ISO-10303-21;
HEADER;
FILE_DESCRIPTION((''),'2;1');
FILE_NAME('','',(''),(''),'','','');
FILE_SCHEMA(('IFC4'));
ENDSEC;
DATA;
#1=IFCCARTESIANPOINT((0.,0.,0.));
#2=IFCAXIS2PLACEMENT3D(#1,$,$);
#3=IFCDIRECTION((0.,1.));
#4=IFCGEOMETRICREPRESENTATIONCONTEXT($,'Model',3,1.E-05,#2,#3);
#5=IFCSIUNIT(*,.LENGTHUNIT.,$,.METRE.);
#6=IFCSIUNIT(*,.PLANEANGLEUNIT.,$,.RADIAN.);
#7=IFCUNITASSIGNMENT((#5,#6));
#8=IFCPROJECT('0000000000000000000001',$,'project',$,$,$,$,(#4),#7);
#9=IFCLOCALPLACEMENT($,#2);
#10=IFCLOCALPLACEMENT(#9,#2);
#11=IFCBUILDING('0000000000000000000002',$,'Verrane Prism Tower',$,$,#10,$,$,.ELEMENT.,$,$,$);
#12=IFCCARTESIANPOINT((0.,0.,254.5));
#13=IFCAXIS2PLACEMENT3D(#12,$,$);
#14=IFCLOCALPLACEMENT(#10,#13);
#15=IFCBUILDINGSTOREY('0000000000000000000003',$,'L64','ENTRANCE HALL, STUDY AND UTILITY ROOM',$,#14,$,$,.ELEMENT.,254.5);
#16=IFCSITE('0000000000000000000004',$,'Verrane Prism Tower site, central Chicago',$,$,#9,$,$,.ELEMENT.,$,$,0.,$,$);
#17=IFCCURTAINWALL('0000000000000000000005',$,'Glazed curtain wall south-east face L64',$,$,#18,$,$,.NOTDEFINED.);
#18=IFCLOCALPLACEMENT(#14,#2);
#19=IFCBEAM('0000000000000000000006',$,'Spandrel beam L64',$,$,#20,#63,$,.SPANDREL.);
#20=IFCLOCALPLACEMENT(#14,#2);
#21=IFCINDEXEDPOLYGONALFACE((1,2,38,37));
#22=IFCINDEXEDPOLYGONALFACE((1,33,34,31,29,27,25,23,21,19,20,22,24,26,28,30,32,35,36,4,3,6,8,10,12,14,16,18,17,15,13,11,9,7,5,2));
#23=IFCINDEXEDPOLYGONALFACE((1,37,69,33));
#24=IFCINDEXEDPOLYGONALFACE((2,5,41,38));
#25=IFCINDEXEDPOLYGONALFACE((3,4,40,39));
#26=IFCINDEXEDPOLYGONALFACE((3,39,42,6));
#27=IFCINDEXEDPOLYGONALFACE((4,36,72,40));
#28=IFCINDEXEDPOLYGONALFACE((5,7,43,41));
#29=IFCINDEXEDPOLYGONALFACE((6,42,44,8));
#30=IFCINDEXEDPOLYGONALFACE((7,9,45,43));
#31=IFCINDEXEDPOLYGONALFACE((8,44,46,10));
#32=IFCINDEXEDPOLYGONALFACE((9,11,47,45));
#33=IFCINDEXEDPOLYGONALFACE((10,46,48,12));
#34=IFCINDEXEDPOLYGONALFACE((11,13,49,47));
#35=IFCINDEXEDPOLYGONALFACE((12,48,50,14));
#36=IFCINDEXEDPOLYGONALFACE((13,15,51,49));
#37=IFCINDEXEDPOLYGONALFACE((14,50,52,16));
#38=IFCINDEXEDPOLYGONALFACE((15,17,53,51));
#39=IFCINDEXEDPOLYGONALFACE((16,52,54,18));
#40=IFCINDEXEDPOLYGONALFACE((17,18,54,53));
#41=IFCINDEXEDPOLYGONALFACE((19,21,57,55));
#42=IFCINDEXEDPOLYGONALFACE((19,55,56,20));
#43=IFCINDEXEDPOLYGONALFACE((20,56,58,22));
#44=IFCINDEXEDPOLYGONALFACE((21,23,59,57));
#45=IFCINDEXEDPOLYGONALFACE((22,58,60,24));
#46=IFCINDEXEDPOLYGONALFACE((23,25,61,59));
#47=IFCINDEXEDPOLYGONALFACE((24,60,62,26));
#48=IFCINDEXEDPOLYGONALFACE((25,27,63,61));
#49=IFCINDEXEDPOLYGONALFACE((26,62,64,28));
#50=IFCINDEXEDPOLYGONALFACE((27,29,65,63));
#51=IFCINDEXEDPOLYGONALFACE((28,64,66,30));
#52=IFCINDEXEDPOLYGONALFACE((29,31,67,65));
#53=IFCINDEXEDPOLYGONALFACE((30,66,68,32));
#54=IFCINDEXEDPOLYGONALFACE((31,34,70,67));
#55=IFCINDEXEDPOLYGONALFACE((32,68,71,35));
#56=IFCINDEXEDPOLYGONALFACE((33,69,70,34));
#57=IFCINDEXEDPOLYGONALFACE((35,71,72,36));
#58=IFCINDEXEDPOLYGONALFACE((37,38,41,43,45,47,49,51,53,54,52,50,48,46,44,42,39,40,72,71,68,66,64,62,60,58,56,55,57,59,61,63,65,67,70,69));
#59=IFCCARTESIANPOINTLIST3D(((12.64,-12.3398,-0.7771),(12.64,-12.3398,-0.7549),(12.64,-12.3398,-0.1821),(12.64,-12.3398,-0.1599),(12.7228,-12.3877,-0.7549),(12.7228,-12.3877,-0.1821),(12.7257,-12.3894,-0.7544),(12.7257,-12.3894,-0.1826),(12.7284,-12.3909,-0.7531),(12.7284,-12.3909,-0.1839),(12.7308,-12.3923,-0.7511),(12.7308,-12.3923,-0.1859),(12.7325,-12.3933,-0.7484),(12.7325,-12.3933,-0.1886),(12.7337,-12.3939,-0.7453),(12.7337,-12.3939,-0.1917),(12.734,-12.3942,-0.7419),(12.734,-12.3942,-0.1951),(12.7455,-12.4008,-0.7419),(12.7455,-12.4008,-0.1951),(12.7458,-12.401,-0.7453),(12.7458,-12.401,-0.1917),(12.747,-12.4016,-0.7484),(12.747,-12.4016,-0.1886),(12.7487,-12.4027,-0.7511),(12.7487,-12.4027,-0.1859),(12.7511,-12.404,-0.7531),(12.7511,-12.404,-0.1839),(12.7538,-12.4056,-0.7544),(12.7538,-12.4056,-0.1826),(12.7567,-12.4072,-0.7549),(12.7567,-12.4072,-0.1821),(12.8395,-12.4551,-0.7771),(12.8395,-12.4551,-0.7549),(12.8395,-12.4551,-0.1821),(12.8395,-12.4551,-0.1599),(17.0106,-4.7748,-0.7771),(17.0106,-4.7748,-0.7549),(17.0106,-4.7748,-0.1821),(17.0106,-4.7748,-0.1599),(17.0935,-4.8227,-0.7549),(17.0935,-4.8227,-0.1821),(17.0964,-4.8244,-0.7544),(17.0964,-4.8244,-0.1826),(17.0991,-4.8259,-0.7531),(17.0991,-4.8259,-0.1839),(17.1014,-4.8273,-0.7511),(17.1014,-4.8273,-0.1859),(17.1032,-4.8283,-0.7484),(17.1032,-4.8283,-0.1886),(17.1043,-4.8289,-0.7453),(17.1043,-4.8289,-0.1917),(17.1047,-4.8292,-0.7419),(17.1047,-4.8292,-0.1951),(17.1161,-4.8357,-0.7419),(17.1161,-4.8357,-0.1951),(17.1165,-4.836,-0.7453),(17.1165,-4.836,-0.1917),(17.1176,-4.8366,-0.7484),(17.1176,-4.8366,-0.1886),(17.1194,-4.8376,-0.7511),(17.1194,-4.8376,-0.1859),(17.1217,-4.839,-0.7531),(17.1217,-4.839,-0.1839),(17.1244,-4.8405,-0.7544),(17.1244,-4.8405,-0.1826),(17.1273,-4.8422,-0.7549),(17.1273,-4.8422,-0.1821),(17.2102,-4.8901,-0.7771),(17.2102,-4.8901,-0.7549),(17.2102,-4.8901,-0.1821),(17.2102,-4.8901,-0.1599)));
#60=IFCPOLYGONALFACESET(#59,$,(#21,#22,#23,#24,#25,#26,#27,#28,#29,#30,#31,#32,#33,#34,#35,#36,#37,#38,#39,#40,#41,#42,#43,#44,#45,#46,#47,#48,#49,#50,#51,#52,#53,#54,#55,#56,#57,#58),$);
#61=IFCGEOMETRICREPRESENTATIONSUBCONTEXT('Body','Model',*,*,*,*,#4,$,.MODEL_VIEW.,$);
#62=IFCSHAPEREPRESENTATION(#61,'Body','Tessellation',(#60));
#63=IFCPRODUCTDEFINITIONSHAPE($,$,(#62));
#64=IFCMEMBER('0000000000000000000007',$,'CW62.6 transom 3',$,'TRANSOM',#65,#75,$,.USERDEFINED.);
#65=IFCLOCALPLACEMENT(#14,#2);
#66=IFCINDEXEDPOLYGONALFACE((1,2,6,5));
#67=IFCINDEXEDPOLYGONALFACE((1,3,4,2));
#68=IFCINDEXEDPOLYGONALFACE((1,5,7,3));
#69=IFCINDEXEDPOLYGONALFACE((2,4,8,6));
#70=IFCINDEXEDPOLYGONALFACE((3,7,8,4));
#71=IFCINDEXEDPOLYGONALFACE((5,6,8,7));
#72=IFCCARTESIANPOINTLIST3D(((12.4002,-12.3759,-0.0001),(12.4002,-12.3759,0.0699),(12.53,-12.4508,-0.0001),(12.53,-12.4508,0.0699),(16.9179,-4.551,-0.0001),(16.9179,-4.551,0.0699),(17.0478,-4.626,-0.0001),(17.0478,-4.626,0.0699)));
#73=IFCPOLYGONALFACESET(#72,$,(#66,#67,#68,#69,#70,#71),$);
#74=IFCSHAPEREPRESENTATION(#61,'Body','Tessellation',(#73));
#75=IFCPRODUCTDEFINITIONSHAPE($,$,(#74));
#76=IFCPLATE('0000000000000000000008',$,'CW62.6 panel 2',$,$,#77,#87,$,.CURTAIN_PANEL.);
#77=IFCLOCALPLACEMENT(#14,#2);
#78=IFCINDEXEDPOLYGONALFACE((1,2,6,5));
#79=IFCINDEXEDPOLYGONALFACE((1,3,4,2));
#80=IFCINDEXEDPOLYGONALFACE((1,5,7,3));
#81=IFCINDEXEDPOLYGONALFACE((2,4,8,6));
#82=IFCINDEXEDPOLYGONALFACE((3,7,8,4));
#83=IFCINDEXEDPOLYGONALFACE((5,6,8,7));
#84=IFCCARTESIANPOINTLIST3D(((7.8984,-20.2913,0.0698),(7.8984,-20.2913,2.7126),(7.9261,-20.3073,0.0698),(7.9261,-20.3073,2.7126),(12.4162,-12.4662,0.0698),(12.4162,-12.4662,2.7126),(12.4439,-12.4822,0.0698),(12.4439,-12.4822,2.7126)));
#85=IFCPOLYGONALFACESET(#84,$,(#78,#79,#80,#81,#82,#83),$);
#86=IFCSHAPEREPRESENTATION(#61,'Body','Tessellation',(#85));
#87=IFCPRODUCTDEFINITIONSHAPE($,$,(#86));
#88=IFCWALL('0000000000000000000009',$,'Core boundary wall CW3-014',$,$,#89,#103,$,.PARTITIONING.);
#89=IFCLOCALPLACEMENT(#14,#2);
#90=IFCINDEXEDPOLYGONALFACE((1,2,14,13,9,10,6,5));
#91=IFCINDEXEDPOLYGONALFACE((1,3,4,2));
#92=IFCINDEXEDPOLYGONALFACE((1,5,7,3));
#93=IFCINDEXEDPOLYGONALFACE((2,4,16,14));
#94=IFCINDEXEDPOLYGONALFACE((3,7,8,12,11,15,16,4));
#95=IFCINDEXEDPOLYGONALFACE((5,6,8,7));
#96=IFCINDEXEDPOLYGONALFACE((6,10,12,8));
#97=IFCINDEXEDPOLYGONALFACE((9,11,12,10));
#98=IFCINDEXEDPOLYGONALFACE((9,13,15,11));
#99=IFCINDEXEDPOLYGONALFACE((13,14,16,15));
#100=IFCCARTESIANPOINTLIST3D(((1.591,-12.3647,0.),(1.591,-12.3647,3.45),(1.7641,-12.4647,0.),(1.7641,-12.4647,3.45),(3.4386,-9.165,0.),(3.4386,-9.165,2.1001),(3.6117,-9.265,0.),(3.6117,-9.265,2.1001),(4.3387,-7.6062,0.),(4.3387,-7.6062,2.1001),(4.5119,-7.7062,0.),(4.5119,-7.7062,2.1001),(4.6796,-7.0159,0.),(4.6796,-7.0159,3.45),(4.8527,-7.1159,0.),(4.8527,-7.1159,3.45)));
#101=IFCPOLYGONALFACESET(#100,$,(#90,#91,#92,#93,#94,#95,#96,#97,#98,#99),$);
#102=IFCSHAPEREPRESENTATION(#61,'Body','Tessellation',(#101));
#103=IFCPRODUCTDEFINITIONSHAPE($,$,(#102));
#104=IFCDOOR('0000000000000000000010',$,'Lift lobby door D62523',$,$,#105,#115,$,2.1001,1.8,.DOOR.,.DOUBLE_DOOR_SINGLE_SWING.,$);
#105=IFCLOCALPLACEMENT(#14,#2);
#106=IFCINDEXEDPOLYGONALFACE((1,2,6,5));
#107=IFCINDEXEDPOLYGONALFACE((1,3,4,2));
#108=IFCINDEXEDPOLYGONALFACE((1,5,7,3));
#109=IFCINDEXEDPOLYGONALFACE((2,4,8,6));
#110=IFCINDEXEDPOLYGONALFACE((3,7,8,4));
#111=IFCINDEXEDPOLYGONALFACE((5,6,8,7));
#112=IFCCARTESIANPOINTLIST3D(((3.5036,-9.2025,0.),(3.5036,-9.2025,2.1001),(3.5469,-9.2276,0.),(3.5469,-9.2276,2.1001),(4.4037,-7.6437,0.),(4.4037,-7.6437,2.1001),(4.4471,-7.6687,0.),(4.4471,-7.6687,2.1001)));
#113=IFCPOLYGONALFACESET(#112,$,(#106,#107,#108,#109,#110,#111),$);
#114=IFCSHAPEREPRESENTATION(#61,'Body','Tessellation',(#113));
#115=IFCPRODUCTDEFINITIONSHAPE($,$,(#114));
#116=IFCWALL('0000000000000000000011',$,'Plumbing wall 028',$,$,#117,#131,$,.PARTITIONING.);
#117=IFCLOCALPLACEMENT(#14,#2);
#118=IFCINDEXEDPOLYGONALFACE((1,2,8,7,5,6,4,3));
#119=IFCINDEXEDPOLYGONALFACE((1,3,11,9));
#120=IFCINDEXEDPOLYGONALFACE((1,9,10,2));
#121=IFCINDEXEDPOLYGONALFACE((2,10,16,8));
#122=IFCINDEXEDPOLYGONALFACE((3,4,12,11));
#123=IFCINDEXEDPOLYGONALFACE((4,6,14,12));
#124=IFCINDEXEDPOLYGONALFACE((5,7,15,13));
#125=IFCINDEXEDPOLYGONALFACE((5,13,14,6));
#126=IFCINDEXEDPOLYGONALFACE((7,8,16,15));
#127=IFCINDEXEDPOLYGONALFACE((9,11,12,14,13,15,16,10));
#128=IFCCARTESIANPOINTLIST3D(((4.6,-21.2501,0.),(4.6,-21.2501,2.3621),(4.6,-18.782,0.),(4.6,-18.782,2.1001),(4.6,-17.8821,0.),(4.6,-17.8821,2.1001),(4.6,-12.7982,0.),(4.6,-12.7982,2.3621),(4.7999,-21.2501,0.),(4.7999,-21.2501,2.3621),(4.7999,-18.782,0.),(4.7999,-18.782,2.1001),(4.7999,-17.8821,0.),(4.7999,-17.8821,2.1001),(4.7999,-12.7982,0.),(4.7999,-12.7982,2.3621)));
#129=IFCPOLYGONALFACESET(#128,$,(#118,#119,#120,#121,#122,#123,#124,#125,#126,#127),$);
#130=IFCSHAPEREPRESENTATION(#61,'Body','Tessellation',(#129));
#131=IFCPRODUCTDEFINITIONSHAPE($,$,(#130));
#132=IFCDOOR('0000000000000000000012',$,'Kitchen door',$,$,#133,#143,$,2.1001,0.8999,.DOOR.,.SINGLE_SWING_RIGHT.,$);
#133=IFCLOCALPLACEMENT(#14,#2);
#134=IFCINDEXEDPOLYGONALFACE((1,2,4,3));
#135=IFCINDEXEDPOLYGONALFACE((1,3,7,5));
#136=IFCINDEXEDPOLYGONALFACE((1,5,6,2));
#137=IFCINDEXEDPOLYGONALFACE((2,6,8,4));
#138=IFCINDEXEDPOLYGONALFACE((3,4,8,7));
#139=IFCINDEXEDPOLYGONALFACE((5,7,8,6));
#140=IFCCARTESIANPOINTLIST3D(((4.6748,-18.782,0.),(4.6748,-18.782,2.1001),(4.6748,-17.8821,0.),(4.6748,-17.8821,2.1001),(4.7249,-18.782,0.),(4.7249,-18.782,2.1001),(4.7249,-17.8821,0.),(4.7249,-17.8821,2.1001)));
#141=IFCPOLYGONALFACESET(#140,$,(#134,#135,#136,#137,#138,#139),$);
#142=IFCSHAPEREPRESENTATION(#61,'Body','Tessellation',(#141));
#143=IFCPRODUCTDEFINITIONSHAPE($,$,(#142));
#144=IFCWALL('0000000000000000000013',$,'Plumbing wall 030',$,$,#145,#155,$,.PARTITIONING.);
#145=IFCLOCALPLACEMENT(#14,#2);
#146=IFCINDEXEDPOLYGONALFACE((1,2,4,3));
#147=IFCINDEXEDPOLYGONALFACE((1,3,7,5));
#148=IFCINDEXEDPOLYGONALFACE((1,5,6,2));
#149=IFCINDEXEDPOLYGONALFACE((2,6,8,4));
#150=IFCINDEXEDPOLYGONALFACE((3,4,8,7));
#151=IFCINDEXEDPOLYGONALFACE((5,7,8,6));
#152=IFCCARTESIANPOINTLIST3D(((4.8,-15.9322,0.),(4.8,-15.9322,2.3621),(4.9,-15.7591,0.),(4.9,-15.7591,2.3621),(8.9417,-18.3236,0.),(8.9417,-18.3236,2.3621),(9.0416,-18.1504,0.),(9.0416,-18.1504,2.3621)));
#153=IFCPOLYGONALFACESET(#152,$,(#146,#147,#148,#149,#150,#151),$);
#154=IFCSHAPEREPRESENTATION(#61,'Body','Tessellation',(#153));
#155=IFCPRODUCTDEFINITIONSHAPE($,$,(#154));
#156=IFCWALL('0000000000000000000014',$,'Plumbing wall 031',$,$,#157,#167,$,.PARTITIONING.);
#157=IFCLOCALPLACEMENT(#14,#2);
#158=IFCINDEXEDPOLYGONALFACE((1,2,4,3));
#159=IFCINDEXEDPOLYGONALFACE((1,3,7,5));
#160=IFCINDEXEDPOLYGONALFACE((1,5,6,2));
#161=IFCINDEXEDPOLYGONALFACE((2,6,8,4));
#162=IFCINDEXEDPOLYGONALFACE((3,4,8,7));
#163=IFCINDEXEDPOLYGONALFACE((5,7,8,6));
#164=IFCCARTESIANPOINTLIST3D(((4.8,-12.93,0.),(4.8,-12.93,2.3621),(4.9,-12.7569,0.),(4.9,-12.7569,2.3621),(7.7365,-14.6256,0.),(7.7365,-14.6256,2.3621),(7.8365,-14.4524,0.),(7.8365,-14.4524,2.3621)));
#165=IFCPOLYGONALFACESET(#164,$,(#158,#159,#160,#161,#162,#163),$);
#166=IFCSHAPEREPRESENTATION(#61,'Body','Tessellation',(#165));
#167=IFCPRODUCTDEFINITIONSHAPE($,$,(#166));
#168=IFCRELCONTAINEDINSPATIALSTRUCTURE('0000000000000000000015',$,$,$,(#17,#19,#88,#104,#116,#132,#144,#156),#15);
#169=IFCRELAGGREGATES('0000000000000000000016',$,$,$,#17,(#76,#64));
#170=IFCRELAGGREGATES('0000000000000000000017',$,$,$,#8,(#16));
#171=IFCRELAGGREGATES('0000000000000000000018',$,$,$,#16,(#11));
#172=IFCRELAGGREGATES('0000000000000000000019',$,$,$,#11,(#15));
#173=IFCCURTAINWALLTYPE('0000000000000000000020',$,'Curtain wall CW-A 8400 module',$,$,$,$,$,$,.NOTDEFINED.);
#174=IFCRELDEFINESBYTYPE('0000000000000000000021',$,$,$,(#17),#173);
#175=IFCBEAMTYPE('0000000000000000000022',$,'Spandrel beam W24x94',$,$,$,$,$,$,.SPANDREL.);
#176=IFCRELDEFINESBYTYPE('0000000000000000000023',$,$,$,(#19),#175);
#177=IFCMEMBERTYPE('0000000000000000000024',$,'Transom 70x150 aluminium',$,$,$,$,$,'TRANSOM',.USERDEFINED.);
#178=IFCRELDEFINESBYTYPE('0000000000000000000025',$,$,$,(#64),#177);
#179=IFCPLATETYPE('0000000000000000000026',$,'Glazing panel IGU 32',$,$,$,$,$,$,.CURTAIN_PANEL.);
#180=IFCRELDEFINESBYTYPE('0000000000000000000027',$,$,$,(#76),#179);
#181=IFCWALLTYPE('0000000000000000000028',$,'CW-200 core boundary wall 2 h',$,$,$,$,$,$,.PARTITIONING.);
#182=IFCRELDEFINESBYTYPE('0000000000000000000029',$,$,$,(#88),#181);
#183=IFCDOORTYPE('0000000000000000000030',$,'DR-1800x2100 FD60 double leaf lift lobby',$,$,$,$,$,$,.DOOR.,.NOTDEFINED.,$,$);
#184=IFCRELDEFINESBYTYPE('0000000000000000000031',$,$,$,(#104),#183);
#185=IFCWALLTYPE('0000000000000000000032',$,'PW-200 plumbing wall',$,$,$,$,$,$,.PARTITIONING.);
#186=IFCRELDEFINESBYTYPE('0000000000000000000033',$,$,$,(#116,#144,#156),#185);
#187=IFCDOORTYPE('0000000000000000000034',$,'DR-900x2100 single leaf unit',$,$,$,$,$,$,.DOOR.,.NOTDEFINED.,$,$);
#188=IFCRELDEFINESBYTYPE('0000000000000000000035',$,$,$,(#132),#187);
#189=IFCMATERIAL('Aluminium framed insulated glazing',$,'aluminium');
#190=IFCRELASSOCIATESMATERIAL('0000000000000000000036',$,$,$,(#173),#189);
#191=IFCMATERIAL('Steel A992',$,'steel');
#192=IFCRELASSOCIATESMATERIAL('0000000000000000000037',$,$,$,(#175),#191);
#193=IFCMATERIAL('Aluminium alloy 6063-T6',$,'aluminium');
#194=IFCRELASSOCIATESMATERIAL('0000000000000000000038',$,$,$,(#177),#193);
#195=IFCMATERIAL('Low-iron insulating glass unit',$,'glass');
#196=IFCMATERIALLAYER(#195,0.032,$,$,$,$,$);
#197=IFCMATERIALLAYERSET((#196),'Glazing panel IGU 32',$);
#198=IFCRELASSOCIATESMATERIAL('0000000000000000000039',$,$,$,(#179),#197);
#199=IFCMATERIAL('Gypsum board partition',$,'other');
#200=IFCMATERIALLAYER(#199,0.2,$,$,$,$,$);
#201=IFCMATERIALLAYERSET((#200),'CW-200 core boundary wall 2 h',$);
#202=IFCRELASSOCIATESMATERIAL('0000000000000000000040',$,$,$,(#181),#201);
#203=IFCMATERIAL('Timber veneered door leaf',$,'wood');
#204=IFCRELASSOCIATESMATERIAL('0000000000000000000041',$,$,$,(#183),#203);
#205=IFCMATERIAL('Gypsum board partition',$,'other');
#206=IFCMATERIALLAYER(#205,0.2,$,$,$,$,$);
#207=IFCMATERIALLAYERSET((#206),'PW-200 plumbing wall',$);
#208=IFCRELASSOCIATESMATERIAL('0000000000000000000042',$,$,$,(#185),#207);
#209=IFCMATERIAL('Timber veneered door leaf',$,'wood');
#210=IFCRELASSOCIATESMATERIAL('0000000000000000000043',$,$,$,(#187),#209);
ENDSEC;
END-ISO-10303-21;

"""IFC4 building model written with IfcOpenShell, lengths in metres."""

from ifc_helpers import new_model, si_unit, direction, frame, frame_2d, origin, origin_2d, place, context, subcontext, project, spatial, rectangle, i_section, extrude, material, layer, layer_set, material_profile, profile_set, type_object, element, fill, aggregate, save


model = new_model("IFC4")

# Units and contexts
model_context = context("Model", 3, precision=1e-05, world=origin(), true_north=direction((0.0, 1.0)))
body_context = subcontext(model_context, "Body", "Model", "MODEL_VIEW")
ifc_project = project(units=[si_unit("LENGTHUNIT", "METRE"), si_unit("PLANEANGLEUNIT", "RADIAN")], contexts=[model_context])

# Site, building, storey
site_placement = place(None, origin())
site = spatial("IfcSite", under=ifc_project, at=site_placement, Name="Verrane Prism Tower site, central Chicago", CompositionType="ELEMENT", RefElevation=0.0)
building_placement = place(site_placement, origin())
building = spatial("IfcBuilding", under=site, at=building_placement, Name="Verrane Prism Tower", CompositionType="ELEMENT")
storey_placement = place(building_placement, frame((0.0, 0.0, 254.5)))
storey = spatial("IfcBuildingStorey", under=building, at=storey_placement, Name="L64", Description="ENTRANCE HALL, STUDY AND UTILITY ROOM", CompositionType="ELEMENT", Elevation=254.5)

# Curtain wall
ifc_material_1 = material(Name="Aluminium framed insulated glazing", Category="aluminium")
curtain_wall_type = type_object("IfcCurtainWallType", Name="Curtain wall CW-A 8400 module", PredefinedType="NOTDEFINED", material=ifc_material_1)
curtain_wall_placement = place(storey_placement, origin())
curtain_wall = element("IfcCurtainWall", 1, at=curtain_wall_placement, inside=storey, type_object=curtain_wall_type, Name="Glazed curtain wall south-east face L64", PredefinedType="NOTDEFINED")

# Beam
ifc_material_2 = material(Name="Steel A992", Category="steel")
ifc_material_profile_1 = material_profile(ifc_material_2, i_section(OverallWidth=0.2305, OverallDepth=0.6172, WebThickness=0.0132, FlangeThickness=0.0222, FilletRadius=0.0129, at=origin_2d()), Name="W24x94")
ifc_profile_set_1 = profile_set([ifc_material_profile_1], Name="Steel A992")
beam_type_1 = type_object("IfcBeamType", Name="Spandrel beam W24x94", PredefinedType="SPANDREL", material=ifc_profile_set_1)
beam_1_placement = place(storey_placement, frame((12.7397, -12.3975, -0.4685), z_axis=(0.500256, 0.865877, 0.0), x_axis=(-0.865877, 0.500256, 0.0)))
element("IfcBeam", 2, at=beam_1_placement, inside=storey, type_object=beam_type_1, Name="Spandrel beam L64", PredefinedType="SPANDREL", context=body_context, shape_type="SweptSolid", body=[
    extrude(i_section(OverallWidth=0.2305, OverallDepth=0.6172, WebThickness=0.0132, FlangeThickness=0.0222, FilletRadius=0.0129, at=origin_2d()), origin(), (0.0, 0.0, 1.0), 8.7368),
])

# Member
ifc_material_3 = material(Name="Aluminium alloy 6063-T6", Category="aluminium")
ifc_material_profile_2 = material_profile(ifc_material_3, rectangle(XDim=0.1499, YDim=0.0701, at=origin_2d()), Name="Transom 70x150 aluminium")
ifc_profile_set_2 = profile_set([ifc_material_profile_2], Name="Aluminium alloy 6063-T6")
member_type_1 = type_object("IfcMemberType", Name="Transom 70x150 aluminium", ElementType="TRANSOM", PredefinedType="USERDEFINED", material=ifc_profile_set_2)
member_1_placement = place(storey_placement, frame((12.4651, -12.4133, 0.0349), z_axis=(0.500007, 0.866021, 0.0), x_axis=(-0.866021, 0.500007, 0.0)))
member_1 = element("IfcMember", 3, at=member_1_placement, type_object=member_type_1, Name="CW62.6 transom 3", ObjectType="TRANSOM", PredefinedType="USERDEFINED", context=body_context, shape_type="SweptSolid", body=[
    extrude(rectangle(XDim=0.1499, YDim=0.0701, at=origin_2d()), origin(), (0.0, 0.0, 1.0), 9.0354),
])

# Plate
ifc_material_4 = material(Name="Low-iron insulating glass unit", Category="glass")
ifc_layer_1 = layer(ifc_material_4, 0.032)
ifc_layer_set_1 = layer_set([ifc_layer_1], Name="Glazing panel IGU 32")
plate_type = type_object("IfcPlateType", Name="Glazing panel IGU 32", PredefinedType="CURTAIN_PANEL", material=ifc_layer_set_1)
plate_placement = place(storey_placement, frame((10.1711, -16.3867, 0.0698), z_axis=(0.0, 0.0, 1.0), x_axis=(0.5, 0.866026, 0.0)))
plate = element("IfcPlate", 4, at=plate_placement, type_object=plate_type, Name="CW62.6 panel 2", PredefinedType="CURTAIN_PANEL", context=body_context, shape_type="SweptSolid", body=[
    extrude(rectangle(XDim=9.0356, YDim=0.032, at=origin_2d()), origin(), (0.0, 0.0, 1.0), 2.6428),
])
aggregate(curtain_wall, [plate, member_1])

# Walls, openings, doors
ifc_material_5 = material(Name="Gypsum board partition", Category="other")
ifc_layer_2 = layer(ifc_material_5, 0.2)
ifc_layer_set_2 = layer_set([ifc_layer_2], Name="CW-200 core boundary wall 2 h")
wall_type_1 = type_object("IfcWallType", Name="CW-200 core boundary wall 2 h", PredefinedType="PARTITIONING", material=ifc_layer_set_2)
wall_1_placement = place(storey_placement, frame((1.6775, -12.4148, 0.0), z_axis=(0.0, 0.0, 1.0), x_axis=(0.500054, 0.865994, 0.0)))
wall_1 = element("IfcWall", 5, at=wall_1_placement, inside=storey, type_object=wall_type_1, Name="Core boundary wall CW3-014", PredefinedType="PARTITIONING", context=body_context, shape_type="SweptSolid", body=[
    extrude(rectangle(XDim=6.1765, YDim=0.2, at=frame_2d((3.0884, 0.0))), origin(), (0.0, 0.0, 1.0), 3.45),
])
opening_1_placement = place(wall_1_placement, frame((3.6951, 0.0, 0.0)))
opening_1 = element("IfcOpeningElement", 6, at=opening_1_placement, cuts=wall_1, PredefinedType="OPENING", context=body_context, shape_type="SweptSolid", body=[
    extrude(rectangle(XDim=1.8, YDim=2.1001, at=frame_2d((0.8999, 1.05))), frame((0.0, 0.1099, 0.0), z_axis=(0.0, -1.0, 0.0), x_axis=(1.0, 0.0, 0.0)), (0.0, 0.0, 1.0), 0.22),
])
ifc_material_6 = material(Name="Timber veneered door leaf", Category="wood")
door_type_1 = type_object("IfcDoorType", Name="DR-1800x2100 FD60 double leaf lift lobby", OperationType="NOTDEFINED", PredefinedType="DOOR", material=ifc_material_6)
door_1_placement = place(opening_1_placement, origin())
door_1 = element("IfcDoor", 7, at=door_1_placement, inside=storey, type_object=door_type_1, Name="Lift lobby door D62523", OperationType="DOUBLE_DOOR_SINGLE_SWING", OverallHeight=2.1001, OverallWidth=1.8, PredefinedType="DOOR", context=body_context, shape_type="SweptSolid", body=[
    extrude(rectangle(XDim=1.8, YDim=2.1001, at=frame_2d((0.8999, 1.05))), frame((0.0, 0.0249, 0.0), z_axis=(0.0, -1.0, 0.0), x_axis=(1.0, 0.0, 0.0)), (0.0, 0.0, 1.0), 0.05),
])
fill(opening_1, door_1)
ifc_material_7 = material(Name="Gypsum board partition", Category="other")
ifc_layer_3 = layer(ifc_material_7, 0.2)
ifc_layer_set_3 = layer_set([ifc_layer_3], Name="PW-200 plumbing wall")
wall_type_2 = type_object("IfcWallType", Name="PW-200 plumbing wall", PredefinedType="PARTITIONING", material=ifc_layer_set_3)
wall_2_placement = place(storey_placement, frame((4.7, -12.7981, 0.0), z_axis=(0.0, 0.0, 1.0), x_axis=(0.0, -1.0, 0.0)))
wall_2 = element("IfcWall", 8, at=wall_2_placement, inside=storey, type_object=wall_type_2, Name="Plumbing wall 028", PredefinedType="PARTITIONING", context=body_context, shape_type="SweptSolid", body=[
    extrude(rectangle(XDim=8.4519, YDim=0.2, at=frame_2d((4.2261, 0.0))), origin(), (0.0, 0.0, 1.0), 2.3621),
])
opening_2_placement = place(wall_2_placement, frame((5.084, 0.0, 0.0)))
opening_2 = element("IfcOpeningElement", 9, at=opening_2_placement, cuts=wall_2, PredefinedType="OPENING", context=body_context, shape_type="SweptSolid", body=[
    extrude(rectangle(XDim=0.8999, YDim=2.1001, at=frame_2d((0.45, 1.05))), frame((0.0, 0.1099, 0.0), z_axis=(0.0, -1.0, 0.0), x_axis=(1.0, 0.0, 0.0)), (0.0, 0.0, 1.0), 0.22),
])
ifc_material_8 = material(Name="Timber veneered door leaf", Category="wood")
door_type_2 = type_object("IfcDoorType", Name="DR-900x2100 single leaf unit", OperationType="NOTDEFINED", PredefinedType="DOOR", material=ifc_material_8)
door_2_placement = place(opening_2_placement, origin())
door_2 = element("IfcDoor", 10, at=door_2_placement, inside=storey, type_object=door_type_2, Name="Kitchen door", OperationType="SINGLE_SWING_RIGHT", OverallHeight=2.1001, OverallWidth=0.8999, PredefinedType="DOOR", context=body_context, shape_type="SweptSolid", body=[
    extrude(rectangle(XDim=0.8999, YDim=2.1001, at=frame_2d((0.45, 1.05))), frame((0.0, 0.0249, 0.0), z_axis=(0.0, -1.0, 0.0), x_axis=(1.0, 0.0, 0.0)), (0.0, 0.0, 1.0), 0.05),
])
fill(opening_2, door_2)

# Walls
wall_3_placement = place(storey_placement, frame((4.8501, -15.8457, 0.0), z_axis=(0.0, 0.0, 1.0), x_axis=(0.866007, -0.500032, 0.0)))
element("IfcWall", 11, at=wall_3_placement, inside=storey, type_object=wall_type_2, Name="Plumbing wall 030", PredefinedType="PARTITIONING", context=body_context, shape_type="SweptSolid", body=[
    extrude(rectangle(XDim=4.7825, YDim=0.2, at=frame_2d((2.3911, 0.0))), origin(), (0.0, 0.0, 1.0), 2.3621),
])
wall_4_placement = place(storey_placement, frame((4.8501, -12.8435, 0.0), z_axis=(0.0, 0.0, 1.0), x_axis=(0.866006, -0.500034, 0.0)))
element("IfcWall", 12, at=wall_4_placement, inside=storey, type_object=wall_type_2, Name="Plumbing wall 031", PredefinedType="PARTITIONING", context=body_context, shape_type="SweptSolid", body=[
    extrude(rectangle(XDim=3.3909, YDim=0.2, at=frame_2d((1.6953, 0.0))), origin(), (0.0, 0.0, 1.0), 2.3621),
])

save(model, "model.ifc")
